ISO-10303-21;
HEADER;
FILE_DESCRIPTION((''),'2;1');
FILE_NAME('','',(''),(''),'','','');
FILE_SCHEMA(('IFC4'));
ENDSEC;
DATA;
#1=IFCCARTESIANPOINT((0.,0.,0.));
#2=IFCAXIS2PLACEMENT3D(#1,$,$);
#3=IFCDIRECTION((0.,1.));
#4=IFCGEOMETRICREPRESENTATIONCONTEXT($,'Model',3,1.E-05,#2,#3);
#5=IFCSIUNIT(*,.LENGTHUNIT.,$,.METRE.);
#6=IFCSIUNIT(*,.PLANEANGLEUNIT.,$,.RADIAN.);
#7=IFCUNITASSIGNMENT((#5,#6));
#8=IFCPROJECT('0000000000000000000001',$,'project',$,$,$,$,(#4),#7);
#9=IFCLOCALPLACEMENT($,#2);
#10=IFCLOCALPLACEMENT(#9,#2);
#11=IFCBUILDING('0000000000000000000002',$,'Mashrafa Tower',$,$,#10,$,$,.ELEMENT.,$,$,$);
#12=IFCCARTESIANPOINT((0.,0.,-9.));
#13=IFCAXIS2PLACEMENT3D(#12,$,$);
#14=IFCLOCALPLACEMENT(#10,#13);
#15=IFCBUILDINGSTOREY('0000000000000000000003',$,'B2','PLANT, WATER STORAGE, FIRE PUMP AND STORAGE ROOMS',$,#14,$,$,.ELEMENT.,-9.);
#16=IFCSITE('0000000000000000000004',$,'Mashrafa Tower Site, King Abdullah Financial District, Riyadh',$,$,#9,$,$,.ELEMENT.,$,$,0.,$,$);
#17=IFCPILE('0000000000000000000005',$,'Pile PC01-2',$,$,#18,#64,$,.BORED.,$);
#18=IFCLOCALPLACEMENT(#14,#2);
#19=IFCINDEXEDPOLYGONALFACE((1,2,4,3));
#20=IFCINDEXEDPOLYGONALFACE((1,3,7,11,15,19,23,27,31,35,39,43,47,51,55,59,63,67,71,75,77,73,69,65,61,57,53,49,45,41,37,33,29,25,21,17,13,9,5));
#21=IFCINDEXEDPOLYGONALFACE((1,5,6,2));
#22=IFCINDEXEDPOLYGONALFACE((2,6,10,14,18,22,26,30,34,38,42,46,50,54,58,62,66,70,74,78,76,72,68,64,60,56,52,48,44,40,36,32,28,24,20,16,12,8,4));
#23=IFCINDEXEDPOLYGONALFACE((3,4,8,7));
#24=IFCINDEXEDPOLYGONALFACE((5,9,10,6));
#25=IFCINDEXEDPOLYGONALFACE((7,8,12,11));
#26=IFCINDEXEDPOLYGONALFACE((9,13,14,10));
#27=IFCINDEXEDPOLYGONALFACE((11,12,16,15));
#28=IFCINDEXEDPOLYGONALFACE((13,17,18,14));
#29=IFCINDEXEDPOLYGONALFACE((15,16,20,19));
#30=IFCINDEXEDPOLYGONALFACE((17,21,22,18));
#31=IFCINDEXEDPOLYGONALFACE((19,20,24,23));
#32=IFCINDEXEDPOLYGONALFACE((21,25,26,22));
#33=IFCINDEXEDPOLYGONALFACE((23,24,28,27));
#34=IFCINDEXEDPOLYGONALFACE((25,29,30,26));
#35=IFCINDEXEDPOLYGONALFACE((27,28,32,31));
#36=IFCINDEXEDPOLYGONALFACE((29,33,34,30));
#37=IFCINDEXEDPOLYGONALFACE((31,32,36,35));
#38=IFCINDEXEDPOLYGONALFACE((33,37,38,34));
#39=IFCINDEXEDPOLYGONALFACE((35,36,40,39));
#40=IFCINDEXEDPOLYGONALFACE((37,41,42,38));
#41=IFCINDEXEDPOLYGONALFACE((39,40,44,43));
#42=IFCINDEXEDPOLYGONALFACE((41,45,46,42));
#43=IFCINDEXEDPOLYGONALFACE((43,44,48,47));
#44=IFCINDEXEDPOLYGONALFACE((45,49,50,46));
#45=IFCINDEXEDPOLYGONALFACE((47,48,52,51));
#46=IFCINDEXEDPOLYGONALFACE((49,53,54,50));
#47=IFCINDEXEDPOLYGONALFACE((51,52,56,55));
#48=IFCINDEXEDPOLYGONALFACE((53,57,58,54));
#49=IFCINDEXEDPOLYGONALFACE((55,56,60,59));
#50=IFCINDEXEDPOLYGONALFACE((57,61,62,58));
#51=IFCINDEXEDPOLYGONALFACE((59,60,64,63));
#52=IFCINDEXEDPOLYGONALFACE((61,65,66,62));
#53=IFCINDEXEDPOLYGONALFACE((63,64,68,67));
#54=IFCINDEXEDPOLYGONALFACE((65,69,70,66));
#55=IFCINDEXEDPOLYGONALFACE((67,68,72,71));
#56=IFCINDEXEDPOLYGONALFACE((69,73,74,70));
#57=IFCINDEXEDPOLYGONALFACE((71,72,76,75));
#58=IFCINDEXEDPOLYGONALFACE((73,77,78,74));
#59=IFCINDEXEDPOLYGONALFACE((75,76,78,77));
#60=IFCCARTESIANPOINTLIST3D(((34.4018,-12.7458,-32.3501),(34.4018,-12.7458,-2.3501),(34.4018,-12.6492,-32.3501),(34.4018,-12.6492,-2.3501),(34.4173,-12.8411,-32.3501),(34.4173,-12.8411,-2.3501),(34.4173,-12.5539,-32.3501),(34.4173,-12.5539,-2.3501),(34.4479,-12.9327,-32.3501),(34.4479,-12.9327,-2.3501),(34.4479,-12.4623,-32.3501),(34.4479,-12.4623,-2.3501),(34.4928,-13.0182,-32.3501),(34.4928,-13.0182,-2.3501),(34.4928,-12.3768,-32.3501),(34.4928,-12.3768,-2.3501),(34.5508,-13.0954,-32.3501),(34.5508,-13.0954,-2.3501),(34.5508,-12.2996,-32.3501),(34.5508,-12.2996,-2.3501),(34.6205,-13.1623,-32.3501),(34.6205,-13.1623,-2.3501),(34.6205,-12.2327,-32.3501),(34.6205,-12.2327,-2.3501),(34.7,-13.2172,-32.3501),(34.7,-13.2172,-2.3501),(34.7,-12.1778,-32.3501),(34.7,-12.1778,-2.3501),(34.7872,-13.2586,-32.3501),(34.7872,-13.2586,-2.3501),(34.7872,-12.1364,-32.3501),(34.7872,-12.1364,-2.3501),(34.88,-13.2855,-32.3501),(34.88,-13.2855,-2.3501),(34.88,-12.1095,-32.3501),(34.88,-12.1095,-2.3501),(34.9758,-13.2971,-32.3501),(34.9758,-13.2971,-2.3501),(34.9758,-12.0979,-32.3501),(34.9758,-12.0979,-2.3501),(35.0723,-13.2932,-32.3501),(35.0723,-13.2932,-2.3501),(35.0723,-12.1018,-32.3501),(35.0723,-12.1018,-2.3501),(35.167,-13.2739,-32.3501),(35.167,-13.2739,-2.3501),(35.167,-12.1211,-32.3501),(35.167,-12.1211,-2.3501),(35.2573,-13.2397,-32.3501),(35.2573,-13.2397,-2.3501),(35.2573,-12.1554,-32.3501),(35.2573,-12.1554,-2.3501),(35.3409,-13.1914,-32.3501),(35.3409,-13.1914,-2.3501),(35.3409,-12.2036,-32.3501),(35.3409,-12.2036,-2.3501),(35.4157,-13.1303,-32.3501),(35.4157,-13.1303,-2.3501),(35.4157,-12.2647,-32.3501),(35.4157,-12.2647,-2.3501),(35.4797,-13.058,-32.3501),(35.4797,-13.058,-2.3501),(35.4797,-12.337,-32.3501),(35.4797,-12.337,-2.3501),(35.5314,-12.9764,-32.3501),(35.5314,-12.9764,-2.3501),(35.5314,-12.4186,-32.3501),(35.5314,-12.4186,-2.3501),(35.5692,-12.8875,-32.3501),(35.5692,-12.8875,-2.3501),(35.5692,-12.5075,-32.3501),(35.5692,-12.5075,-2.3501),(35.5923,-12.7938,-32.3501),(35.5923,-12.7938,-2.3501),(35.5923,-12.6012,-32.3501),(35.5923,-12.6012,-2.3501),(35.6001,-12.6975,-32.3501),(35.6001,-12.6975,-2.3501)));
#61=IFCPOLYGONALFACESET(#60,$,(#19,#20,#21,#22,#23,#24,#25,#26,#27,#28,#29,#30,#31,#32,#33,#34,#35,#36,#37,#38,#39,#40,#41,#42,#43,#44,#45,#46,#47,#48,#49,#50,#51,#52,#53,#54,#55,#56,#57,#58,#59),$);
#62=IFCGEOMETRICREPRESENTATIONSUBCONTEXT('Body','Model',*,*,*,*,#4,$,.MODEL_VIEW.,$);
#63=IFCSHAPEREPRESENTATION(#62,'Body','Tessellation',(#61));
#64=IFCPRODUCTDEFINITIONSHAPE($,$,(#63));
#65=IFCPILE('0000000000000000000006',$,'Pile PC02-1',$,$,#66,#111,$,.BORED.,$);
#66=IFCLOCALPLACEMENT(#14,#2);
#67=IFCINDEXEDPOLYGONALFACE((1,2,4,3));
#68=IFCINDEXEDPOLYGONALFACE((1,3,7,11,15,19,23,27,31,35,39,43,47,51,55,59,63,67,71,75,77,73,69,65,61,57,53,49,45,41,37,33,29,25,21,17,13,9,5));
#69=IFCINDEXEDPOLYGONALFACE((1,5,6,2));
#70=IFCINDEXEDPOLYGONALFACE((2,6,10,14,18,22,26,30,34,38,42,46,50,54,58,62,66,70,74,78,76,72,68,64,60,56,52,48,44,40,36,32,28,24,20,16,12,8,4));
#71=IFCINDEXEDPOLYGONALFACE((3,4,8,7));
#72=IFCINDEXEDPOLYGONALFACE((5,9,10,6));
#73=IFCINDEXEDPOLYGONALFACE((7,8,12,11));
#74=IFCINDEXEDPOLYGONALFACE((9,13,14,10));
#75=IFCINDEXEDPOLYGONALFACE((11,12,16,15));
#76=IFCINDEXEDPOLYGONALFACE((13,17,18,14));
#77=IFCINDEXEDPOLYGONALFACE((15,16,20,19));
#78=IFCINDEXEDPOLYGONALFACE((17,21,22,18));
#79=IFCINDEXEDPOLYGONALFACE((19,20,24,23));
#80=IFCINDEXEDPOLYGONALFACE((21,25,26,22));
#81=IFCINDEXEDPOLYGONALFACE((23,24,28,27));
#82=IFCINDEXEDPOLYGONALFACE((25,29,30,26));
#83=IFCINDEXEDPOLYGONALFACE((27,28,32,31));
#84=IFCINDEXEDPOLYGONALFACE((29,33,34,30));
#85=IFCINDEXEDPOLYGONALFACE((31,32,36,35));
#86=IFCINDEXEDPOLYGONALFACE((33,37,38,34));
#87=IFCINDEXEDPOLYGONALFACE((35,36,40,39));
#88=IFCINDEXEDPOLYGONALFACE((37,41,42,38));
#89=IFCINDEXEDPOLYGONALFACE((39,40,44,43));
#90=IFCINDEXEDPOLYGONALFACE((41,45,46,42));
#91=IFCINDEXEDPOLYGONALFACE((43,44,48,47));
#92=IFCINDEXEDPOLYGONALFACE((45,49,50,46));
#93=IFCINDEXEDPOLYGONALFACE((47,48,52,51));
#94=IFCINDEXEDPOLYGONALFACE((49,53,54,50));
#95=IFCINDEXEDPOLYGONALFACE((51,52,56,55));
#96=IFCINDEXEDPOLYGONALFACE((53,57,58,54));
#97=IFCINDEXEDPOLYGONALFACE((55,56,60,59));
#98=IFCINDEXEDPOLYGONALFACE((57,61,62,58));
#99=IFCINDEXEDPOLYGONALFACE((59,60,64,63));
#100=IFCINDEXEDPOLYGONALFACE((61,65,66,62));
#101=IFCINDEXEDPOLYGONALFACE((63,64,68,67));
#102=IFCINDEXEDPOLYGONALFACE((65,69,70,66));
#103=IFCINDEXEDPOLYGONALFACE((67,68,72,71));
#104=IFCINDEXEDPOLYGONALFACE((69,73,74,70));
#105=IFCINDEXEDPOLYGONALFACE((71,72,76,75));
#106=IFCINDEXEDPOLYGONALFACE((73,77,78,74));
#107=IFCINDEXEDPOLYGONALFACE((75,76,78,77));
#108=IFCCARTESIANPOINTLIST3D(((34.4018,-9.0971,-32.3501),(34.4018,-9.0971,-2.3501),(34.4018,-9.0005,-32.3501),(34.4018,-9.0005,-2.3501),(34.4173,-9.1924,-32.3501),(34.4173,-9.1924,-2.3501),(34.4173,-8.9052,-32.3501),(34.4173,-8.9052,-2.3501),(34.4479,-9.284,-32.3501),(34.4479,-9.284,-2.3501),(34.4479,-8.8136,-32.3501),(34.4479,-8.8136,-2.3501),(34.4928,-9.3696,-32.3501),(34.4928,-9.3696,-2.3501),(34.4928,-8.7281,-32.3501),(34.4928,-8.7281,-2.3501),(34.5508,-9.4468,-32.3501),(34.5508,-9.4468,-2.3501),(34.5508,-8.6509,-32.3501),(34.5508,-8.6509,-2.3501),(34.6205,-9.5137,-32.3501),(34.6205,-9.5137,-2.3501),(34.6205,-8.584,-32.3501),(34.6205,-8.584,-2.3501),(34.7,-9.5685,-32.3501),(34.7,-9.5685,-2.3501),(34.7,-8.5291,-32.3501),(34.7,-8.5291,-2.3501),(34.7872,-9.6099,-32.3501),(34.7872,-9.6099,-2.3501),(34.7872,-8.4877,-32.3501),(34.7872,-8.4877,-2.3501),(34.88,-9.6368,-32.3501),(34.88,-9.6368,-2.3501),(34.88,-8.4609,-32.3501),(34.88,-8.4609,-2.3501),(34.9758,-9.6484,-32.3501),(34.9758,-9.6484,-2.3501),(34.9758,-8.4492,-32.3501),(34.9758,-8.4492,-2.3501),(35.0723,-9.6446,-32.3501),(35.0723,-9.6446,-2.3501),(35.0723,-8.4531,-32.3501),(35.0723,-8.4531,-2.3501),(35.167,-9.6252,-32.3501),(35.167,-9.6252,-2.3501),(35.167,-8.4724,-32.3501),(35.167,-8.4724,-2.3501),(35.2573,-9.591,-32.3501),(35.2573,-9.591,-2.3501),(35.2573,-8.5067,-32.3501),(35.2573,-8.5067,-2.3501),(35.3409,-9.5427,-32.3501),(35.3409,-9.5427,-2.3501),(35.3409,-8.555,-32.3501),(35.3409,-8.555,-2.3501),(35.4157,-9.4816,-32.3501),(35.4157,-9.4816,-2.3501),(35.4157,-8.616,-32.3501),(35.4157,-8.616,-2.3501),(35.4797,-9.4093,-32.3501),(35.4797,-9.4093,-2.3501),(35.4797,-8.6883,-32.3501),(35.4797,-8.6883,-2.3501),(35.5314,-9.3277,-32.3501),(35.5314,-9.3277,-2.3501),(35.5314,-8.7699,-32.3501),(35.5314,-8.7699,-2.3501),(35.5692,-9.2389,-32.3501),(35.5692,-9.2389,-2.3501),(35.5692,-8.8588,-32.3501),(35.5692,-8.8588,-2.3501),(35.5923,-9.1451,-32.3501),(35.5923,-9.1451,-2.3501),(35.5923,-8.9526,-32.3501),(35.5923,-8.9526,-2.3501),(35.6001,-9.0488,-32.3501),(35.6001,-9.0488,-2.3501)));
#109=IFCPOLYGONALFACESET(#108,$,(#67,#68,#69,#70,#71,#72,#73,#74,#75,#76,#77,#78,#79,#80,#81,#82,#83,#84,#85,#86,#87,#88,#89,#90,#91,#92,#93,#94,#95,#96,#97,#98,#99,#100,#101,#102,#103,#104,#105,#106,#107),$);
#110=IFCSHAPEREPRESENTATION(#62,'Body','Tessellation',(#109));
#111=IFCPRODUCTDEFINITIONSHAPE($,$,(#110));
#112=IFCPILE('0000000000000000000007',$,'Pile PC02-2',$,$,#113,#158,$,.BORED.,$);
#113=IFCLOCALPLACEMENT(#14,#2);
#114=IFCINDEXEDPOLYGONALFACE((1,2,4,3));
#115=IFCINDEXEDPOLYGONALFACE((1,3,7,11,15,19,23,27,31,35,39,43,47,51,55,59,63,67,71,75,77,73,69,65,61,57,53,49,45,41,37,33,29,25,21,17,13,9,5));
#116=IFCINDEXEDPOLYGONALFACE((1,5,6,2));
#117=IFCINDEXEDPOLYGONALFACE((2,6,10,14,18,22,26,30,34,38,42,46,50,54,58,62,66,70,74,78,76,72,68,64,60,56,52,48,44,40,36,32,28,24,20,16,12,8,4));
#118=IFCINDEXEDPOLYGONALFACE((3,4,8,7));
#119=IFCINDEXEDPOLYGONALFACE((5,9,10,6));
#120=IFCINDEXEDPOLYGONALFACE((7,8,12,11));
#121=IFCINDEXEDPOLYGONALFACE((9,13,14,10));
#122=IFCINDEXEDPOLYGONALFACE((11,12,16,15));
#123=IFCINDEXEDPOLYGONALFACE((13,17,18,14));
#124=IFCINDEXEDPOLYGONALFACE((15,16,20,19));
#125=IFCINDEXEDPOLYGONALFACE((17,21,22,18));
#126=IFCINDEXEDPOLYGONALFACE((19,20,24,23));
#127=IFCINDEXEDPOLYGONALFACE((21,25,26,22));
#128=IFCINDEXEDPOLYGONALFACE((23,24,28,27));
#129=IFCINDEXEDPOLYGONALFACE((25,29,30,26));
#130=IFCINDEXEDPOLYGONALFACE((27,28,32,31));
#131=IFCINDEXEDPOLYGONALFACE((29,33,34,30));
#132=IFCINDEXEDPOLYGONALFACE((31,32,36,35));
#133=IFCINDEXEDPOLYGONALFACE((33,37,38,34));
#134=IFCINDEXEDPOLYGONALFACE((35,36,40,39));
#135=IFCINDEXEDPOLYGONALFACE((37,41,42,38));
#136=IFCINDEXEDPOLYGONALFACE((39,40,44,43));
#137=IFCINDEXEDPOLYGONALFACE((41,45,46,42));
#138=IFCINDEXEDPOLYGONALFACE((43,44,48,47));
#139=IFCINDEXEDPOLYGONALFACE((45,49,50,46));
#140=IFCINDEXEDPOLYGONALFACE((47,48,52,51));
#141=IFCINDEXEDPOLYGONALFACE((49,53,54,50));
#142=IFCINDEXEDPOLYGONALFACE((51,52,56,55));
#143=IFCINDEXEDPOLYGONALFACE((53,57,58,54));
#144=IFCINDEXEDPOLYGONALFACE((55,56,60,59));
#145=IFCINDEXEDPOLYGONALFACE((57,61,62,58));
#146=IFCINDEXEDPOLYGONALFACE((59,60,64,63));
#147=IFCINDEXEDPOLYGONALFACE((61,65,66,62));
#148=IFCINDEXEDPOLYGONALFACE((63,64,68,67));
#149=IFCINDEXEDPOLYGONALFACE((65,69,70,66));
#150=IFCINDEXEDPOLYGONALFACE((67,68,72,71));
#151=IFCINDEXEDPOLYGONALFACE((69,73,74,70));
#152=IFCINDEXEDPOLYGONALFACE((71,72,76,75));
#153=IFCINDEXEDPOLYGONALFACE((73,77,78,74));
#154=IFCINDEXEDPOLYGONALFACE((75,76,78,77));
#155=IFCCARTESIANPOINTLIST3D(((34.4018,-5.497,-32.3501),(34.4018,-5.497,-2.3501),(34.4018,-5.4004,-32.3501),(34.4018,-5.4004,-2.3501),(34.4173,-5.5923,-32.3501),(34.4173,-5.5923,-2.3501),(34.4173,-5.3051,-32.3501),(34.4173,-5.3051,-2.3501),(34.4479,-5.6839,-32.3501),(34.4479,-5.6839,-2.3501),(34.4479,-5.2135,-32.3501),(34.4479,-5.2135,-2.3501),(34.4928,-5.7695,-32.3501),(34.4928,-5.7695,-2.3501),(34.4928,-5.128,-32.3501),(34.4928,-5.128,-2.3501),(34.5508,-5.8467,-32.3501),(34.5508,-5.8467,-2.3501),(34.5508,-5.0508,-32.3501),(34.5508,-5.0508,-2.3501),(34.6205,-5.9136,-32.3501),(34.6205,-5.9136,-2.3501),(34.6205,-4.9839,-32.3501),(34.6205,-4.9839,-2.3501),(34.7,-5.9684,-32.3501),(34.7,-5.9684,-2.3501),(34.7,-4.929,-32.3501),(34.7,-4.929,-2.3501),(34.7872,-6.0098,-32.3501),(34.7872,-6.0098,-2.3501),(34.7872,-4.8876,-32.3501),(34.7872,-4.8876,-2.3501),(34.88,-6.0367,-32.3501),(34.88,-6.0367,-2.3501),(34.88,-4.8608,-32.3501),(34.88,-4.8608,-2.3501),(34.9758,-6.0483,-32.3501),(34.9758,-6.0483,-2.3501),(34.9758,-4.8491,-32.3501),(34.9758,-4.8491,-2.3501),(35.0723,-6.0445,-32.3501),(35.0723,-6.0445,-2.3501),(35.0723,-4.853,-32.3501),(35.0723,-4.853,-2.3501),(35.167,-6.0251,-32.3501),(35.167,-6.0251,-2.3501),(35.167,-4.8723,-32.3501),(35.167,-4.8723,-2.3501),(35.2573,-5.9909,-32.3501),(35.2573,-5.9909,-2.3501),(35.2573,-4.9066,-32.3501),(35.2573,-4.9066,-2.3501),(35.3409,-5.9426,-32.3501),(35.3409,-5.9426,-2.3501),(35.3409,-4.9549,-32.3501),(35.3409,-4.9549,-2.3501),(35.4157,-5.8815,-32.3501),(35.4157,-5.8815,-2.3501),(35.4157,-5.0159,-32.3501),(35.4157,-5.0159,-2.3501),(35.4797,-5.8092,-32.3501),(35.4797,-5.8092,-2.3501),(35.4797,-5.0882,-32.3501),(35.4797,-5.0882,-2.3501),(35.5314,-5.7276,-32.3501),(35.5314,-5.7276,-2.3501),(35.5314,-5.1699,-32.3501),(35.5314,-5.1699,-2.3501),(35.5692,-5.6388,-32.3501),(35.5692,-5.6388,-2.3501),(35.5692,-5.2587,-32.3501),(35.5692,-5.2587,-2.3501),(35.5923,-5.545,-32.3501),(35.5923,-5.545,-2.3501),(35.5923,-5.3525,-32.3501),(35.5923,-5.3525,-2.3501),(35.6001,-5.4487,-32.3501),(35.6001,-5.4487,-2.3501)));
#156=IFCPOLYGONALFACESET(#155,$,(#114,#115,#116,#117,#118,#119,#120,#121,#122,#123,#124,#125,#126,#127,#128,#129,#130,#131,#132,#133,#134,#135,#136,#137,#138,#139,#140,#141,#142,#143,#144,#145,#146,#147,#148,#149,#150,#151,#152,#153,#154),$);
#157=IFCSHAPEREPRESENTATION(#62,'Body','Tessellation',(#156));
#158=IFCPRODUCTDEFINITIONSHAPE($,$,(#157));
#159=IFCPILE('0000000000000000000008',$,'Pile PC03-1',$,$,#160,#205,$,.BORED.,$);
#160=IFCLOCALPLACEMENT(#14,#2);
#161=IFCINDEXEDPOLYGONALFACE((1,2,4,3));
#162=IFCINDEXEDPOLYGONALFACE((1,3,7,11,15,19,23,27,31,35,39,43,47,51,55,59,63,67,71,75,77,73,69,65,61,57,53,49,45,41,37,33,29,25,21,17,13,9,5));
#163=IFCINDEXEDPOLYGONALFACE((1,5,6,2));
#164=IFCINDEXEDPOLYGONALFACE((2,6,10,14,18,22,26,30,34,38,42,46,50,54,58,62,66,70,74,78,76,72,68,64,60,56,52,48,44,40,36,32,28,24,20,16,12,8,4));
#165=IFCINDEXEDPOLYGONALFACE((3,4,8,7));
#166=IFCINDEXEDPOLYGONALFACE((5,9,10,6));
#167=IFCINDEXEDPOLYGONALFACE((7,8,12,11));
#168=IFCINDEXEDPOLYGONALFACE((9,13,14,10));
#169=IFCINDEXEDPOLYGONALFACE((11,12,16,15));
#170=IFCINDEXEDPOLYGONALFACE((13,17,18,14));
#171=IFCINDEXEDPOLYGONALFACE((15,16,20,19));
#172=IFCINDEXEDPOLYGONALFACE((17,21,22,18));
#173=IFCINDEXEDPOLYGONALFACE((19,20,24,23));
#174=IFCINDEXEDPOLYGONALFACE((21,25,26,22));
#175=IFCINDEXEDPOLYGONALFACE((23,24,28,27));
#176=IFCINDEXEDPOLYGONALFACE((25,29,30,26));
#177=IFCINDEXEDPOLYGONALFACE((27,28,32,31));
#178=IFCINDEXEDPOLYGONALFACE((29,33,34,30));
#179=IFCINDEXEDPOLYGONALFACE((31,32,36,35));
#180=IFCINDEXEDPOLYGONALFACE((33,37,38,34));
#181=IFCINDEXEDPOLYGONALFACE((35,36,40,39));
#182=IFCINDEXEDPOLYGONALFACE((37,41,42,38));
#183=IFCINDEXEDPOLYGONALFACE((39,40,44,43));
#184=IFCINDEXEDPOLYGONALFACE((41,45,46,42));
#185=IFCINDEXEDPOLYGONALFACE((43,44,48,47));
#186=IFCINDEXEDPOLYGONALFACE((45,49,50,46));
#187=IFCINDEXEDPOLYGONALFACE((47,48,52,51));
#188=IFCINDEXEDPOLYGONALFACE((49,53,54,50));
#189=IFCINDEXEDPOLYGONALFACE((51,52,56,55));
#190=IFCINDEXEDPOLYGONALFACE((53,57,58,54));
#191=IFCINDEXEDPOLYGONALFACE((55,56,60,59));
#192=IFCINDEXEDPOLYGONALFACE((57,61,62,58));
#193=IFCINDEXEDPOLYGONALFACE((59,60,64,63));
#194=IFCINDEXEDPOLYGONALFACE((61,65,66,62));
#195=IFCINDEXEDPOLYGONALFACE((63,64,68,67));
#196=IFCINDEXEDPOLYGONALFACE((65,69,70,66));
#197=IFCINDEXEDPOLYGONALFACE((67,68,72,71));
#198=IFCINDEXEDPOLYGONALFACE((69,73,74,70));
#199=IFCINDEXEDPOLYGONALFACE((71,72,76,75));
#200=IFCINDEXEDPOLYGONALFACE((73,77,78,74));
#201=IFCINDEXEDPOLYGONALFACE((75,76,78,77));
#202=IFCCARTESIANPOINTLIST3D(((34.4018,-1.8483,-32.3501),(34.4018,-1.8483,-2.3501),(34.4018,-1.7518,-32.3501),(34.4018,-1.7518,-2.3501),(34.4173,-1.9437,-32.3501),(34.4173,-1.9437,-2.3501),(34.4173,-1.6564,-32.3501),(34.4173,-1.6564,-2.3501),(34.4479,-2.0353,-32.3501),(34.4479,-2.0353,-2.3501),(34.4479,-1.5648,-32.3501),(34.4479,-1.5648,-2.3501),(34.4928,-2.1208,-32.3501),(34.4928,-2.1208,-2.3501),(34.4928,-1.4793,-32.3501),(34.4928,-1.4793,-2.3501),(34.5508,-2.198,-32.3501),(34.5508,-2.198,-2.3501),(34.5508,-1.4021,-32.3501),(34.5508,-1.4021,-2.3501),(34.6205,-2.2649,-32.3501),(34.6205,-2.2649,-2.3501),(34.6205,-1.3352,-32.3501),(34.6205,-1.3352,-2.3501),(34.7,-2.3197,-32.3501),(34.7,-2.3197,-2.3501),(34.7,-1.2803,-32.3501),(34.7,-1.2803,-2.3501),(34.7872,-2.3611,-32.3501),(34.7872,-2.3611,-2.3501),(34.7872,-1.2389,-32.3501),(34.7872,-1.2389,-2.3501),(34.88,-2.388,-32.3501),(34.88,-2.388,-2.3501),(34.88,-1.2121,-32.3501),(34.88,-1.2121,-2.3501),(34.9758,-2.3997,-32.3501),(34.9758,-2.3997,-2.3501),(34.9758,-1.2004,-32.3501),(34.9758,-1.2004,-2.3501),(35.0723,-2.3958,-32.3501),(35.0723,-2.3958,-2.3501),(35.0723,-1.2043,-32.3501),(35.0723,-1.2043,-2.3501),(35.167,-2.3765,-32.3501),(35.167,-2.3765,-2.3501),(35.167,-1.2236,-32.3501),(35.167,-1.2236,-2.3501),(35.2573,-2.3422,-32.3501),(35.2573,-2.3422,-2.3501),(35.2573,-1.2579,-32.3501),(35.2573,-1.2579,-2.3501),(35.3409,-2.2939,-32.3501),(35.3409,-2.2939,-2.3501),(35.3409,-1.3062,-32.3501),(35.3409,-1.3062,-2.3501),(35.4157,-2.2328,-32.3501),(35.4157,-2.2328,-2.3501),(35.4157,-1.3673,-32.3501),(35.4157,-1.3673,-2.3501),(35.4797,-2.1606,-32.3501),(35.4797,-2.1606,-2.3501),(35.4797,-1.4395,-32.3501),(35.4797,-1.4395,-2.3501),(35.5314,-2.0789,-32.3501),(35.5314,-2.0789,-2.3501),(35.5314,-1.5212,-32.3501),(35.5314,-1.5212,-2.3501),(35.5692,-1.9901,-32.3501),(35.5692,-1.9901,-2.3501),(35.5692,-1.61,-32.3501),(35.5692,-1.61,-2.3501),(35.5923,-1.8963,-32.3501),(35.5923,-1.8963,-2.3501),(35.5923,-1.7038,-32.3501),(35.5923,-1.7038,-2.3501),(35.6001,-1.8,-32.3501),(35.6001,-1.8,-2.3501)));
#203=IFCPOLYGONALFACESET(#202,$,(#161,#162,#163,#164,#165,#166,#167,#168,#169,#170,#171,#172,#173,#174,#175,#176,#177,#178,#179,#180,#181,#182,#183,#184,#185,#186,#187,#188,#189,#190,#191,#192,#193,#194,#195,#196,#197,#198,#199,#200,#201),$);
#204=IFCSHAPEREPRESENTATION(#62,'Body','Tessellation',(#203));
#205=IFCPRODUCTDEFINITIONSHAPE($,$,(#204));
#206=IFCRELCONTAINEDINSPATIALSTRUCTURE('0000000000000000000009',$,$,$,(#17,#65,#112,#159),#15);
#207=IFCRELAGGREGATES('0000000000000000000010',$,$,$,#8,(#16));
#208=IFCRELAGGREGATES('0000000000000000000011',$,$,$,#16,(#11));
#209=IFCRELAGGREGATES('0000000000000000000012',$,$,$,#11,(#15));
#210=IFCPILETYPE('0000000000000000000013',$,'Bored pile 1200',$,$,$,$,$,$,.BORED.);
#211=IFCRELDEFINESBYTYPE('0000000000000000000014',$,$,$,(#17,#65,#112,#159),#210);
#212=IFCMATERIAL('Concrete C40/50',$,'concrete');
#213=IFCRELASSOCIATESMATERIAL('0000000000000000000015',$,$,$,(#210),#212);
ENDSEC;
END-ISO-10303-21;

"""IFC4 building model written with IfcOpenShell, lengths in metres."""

from ifc_helpers import new_model, si_unit, direction, frame, origin, origin_2d, place, context, subcontext, project, spatial, circle, extrude, material, material_profile, profile_set, type_object, element, save


model = new_model("IFC4")

# Units and contexts
model_context = context("Model", 3, precision=1e-05, world=origin(), true_north=direction((0.0, 1.0)))
body_context = subcontext(model_context, "Body", "Model", "MODEL_VIEW")
ifc_project = project(units=[si_unit("LENGTHUNIT", "METRE"), si_unit("PLANEANGLEUNIT", "RADIAN")], contexts=[model_context])

# Site, building, storey
site_placement = place(None, origin())
site = spatial("IfcSite", under=ifc_project, at=site_placement, Name="Mashrafa Tower Site, King Abdullah Financial District, Riyadh", CompositionType="ELEMENT", RefElevation=0.0)
building_placement = place(site_placement, origin())
building = spatial("IfcBuilding", under=site, at=building_placement, Name="Mashrafa Tower", CompositionType="ELEMENT")
storey_placement = place(building_placement, frame((0.0, 0.0, -9.0)))
storey = spatial("IfcBuildingStorey", under=building, at=storey_placement, Name="B2", Description="PLANT, WATER STORAGE, FIRE PUMP AND STORAGE ROOMS", CompositionType="ELEMENT", Elevation=-9.0)

# Piles
ifc_material_1 = material(Name="Concrete C40/50", Category="concrete")
ifc_material_profile_1 = material_profile(ifc_material_1, circle(Radius=0.6001, at=origin_2d()), Name="1200 DIA")
ifc_profile_set_1 = profile_set([ifc_material_profile_1], Name="Concrete C40/50")
pile_type_1 = type_object("IfcPileType", Name="Bored pile 1200", PredefinedType="BORED", material=ifc_profile_set_1)
for number, where, z_axis, x_axis, name in (
    (1, (35.0, -12.6975, -2.3501), (0.0, 0.0, -1.0), (1.0, 0.0, 0.0), "Pile PC01-2"),
    (2, (35.0, -9.0488, -2.3501), (0.0, 0.0, -1.0), (1.0, 0.0, 0.0), "Pile PC02-1"),
    (3, (35.0, -5.4487, -2.3501), (0.0, 0.0, -1.0), (1.0, 0.0, 0.0), "Pile PC02-2"),
    (4, (35.0, -1.8, -2.3501), (0.0, 0.0, -1.0), (1.0, 0.0, 0.0), "Pile PC03-1"),
):
    element("IfcPile", number, at=place(storey_placement, frame(where, z_axis=z_axis, x_axis=x_axis)), inside=storey, type_object=pile_type_1, Name=name, PredefinedType="BORED", context=body_context, shape_type="SweptSolid", body=[
        extrude(circle(Radius=0.6001, at=origin_2d()), origin(), (0.0, 0.0, 1.0), 30.0),
    ])

save(model, "model.ifc")
